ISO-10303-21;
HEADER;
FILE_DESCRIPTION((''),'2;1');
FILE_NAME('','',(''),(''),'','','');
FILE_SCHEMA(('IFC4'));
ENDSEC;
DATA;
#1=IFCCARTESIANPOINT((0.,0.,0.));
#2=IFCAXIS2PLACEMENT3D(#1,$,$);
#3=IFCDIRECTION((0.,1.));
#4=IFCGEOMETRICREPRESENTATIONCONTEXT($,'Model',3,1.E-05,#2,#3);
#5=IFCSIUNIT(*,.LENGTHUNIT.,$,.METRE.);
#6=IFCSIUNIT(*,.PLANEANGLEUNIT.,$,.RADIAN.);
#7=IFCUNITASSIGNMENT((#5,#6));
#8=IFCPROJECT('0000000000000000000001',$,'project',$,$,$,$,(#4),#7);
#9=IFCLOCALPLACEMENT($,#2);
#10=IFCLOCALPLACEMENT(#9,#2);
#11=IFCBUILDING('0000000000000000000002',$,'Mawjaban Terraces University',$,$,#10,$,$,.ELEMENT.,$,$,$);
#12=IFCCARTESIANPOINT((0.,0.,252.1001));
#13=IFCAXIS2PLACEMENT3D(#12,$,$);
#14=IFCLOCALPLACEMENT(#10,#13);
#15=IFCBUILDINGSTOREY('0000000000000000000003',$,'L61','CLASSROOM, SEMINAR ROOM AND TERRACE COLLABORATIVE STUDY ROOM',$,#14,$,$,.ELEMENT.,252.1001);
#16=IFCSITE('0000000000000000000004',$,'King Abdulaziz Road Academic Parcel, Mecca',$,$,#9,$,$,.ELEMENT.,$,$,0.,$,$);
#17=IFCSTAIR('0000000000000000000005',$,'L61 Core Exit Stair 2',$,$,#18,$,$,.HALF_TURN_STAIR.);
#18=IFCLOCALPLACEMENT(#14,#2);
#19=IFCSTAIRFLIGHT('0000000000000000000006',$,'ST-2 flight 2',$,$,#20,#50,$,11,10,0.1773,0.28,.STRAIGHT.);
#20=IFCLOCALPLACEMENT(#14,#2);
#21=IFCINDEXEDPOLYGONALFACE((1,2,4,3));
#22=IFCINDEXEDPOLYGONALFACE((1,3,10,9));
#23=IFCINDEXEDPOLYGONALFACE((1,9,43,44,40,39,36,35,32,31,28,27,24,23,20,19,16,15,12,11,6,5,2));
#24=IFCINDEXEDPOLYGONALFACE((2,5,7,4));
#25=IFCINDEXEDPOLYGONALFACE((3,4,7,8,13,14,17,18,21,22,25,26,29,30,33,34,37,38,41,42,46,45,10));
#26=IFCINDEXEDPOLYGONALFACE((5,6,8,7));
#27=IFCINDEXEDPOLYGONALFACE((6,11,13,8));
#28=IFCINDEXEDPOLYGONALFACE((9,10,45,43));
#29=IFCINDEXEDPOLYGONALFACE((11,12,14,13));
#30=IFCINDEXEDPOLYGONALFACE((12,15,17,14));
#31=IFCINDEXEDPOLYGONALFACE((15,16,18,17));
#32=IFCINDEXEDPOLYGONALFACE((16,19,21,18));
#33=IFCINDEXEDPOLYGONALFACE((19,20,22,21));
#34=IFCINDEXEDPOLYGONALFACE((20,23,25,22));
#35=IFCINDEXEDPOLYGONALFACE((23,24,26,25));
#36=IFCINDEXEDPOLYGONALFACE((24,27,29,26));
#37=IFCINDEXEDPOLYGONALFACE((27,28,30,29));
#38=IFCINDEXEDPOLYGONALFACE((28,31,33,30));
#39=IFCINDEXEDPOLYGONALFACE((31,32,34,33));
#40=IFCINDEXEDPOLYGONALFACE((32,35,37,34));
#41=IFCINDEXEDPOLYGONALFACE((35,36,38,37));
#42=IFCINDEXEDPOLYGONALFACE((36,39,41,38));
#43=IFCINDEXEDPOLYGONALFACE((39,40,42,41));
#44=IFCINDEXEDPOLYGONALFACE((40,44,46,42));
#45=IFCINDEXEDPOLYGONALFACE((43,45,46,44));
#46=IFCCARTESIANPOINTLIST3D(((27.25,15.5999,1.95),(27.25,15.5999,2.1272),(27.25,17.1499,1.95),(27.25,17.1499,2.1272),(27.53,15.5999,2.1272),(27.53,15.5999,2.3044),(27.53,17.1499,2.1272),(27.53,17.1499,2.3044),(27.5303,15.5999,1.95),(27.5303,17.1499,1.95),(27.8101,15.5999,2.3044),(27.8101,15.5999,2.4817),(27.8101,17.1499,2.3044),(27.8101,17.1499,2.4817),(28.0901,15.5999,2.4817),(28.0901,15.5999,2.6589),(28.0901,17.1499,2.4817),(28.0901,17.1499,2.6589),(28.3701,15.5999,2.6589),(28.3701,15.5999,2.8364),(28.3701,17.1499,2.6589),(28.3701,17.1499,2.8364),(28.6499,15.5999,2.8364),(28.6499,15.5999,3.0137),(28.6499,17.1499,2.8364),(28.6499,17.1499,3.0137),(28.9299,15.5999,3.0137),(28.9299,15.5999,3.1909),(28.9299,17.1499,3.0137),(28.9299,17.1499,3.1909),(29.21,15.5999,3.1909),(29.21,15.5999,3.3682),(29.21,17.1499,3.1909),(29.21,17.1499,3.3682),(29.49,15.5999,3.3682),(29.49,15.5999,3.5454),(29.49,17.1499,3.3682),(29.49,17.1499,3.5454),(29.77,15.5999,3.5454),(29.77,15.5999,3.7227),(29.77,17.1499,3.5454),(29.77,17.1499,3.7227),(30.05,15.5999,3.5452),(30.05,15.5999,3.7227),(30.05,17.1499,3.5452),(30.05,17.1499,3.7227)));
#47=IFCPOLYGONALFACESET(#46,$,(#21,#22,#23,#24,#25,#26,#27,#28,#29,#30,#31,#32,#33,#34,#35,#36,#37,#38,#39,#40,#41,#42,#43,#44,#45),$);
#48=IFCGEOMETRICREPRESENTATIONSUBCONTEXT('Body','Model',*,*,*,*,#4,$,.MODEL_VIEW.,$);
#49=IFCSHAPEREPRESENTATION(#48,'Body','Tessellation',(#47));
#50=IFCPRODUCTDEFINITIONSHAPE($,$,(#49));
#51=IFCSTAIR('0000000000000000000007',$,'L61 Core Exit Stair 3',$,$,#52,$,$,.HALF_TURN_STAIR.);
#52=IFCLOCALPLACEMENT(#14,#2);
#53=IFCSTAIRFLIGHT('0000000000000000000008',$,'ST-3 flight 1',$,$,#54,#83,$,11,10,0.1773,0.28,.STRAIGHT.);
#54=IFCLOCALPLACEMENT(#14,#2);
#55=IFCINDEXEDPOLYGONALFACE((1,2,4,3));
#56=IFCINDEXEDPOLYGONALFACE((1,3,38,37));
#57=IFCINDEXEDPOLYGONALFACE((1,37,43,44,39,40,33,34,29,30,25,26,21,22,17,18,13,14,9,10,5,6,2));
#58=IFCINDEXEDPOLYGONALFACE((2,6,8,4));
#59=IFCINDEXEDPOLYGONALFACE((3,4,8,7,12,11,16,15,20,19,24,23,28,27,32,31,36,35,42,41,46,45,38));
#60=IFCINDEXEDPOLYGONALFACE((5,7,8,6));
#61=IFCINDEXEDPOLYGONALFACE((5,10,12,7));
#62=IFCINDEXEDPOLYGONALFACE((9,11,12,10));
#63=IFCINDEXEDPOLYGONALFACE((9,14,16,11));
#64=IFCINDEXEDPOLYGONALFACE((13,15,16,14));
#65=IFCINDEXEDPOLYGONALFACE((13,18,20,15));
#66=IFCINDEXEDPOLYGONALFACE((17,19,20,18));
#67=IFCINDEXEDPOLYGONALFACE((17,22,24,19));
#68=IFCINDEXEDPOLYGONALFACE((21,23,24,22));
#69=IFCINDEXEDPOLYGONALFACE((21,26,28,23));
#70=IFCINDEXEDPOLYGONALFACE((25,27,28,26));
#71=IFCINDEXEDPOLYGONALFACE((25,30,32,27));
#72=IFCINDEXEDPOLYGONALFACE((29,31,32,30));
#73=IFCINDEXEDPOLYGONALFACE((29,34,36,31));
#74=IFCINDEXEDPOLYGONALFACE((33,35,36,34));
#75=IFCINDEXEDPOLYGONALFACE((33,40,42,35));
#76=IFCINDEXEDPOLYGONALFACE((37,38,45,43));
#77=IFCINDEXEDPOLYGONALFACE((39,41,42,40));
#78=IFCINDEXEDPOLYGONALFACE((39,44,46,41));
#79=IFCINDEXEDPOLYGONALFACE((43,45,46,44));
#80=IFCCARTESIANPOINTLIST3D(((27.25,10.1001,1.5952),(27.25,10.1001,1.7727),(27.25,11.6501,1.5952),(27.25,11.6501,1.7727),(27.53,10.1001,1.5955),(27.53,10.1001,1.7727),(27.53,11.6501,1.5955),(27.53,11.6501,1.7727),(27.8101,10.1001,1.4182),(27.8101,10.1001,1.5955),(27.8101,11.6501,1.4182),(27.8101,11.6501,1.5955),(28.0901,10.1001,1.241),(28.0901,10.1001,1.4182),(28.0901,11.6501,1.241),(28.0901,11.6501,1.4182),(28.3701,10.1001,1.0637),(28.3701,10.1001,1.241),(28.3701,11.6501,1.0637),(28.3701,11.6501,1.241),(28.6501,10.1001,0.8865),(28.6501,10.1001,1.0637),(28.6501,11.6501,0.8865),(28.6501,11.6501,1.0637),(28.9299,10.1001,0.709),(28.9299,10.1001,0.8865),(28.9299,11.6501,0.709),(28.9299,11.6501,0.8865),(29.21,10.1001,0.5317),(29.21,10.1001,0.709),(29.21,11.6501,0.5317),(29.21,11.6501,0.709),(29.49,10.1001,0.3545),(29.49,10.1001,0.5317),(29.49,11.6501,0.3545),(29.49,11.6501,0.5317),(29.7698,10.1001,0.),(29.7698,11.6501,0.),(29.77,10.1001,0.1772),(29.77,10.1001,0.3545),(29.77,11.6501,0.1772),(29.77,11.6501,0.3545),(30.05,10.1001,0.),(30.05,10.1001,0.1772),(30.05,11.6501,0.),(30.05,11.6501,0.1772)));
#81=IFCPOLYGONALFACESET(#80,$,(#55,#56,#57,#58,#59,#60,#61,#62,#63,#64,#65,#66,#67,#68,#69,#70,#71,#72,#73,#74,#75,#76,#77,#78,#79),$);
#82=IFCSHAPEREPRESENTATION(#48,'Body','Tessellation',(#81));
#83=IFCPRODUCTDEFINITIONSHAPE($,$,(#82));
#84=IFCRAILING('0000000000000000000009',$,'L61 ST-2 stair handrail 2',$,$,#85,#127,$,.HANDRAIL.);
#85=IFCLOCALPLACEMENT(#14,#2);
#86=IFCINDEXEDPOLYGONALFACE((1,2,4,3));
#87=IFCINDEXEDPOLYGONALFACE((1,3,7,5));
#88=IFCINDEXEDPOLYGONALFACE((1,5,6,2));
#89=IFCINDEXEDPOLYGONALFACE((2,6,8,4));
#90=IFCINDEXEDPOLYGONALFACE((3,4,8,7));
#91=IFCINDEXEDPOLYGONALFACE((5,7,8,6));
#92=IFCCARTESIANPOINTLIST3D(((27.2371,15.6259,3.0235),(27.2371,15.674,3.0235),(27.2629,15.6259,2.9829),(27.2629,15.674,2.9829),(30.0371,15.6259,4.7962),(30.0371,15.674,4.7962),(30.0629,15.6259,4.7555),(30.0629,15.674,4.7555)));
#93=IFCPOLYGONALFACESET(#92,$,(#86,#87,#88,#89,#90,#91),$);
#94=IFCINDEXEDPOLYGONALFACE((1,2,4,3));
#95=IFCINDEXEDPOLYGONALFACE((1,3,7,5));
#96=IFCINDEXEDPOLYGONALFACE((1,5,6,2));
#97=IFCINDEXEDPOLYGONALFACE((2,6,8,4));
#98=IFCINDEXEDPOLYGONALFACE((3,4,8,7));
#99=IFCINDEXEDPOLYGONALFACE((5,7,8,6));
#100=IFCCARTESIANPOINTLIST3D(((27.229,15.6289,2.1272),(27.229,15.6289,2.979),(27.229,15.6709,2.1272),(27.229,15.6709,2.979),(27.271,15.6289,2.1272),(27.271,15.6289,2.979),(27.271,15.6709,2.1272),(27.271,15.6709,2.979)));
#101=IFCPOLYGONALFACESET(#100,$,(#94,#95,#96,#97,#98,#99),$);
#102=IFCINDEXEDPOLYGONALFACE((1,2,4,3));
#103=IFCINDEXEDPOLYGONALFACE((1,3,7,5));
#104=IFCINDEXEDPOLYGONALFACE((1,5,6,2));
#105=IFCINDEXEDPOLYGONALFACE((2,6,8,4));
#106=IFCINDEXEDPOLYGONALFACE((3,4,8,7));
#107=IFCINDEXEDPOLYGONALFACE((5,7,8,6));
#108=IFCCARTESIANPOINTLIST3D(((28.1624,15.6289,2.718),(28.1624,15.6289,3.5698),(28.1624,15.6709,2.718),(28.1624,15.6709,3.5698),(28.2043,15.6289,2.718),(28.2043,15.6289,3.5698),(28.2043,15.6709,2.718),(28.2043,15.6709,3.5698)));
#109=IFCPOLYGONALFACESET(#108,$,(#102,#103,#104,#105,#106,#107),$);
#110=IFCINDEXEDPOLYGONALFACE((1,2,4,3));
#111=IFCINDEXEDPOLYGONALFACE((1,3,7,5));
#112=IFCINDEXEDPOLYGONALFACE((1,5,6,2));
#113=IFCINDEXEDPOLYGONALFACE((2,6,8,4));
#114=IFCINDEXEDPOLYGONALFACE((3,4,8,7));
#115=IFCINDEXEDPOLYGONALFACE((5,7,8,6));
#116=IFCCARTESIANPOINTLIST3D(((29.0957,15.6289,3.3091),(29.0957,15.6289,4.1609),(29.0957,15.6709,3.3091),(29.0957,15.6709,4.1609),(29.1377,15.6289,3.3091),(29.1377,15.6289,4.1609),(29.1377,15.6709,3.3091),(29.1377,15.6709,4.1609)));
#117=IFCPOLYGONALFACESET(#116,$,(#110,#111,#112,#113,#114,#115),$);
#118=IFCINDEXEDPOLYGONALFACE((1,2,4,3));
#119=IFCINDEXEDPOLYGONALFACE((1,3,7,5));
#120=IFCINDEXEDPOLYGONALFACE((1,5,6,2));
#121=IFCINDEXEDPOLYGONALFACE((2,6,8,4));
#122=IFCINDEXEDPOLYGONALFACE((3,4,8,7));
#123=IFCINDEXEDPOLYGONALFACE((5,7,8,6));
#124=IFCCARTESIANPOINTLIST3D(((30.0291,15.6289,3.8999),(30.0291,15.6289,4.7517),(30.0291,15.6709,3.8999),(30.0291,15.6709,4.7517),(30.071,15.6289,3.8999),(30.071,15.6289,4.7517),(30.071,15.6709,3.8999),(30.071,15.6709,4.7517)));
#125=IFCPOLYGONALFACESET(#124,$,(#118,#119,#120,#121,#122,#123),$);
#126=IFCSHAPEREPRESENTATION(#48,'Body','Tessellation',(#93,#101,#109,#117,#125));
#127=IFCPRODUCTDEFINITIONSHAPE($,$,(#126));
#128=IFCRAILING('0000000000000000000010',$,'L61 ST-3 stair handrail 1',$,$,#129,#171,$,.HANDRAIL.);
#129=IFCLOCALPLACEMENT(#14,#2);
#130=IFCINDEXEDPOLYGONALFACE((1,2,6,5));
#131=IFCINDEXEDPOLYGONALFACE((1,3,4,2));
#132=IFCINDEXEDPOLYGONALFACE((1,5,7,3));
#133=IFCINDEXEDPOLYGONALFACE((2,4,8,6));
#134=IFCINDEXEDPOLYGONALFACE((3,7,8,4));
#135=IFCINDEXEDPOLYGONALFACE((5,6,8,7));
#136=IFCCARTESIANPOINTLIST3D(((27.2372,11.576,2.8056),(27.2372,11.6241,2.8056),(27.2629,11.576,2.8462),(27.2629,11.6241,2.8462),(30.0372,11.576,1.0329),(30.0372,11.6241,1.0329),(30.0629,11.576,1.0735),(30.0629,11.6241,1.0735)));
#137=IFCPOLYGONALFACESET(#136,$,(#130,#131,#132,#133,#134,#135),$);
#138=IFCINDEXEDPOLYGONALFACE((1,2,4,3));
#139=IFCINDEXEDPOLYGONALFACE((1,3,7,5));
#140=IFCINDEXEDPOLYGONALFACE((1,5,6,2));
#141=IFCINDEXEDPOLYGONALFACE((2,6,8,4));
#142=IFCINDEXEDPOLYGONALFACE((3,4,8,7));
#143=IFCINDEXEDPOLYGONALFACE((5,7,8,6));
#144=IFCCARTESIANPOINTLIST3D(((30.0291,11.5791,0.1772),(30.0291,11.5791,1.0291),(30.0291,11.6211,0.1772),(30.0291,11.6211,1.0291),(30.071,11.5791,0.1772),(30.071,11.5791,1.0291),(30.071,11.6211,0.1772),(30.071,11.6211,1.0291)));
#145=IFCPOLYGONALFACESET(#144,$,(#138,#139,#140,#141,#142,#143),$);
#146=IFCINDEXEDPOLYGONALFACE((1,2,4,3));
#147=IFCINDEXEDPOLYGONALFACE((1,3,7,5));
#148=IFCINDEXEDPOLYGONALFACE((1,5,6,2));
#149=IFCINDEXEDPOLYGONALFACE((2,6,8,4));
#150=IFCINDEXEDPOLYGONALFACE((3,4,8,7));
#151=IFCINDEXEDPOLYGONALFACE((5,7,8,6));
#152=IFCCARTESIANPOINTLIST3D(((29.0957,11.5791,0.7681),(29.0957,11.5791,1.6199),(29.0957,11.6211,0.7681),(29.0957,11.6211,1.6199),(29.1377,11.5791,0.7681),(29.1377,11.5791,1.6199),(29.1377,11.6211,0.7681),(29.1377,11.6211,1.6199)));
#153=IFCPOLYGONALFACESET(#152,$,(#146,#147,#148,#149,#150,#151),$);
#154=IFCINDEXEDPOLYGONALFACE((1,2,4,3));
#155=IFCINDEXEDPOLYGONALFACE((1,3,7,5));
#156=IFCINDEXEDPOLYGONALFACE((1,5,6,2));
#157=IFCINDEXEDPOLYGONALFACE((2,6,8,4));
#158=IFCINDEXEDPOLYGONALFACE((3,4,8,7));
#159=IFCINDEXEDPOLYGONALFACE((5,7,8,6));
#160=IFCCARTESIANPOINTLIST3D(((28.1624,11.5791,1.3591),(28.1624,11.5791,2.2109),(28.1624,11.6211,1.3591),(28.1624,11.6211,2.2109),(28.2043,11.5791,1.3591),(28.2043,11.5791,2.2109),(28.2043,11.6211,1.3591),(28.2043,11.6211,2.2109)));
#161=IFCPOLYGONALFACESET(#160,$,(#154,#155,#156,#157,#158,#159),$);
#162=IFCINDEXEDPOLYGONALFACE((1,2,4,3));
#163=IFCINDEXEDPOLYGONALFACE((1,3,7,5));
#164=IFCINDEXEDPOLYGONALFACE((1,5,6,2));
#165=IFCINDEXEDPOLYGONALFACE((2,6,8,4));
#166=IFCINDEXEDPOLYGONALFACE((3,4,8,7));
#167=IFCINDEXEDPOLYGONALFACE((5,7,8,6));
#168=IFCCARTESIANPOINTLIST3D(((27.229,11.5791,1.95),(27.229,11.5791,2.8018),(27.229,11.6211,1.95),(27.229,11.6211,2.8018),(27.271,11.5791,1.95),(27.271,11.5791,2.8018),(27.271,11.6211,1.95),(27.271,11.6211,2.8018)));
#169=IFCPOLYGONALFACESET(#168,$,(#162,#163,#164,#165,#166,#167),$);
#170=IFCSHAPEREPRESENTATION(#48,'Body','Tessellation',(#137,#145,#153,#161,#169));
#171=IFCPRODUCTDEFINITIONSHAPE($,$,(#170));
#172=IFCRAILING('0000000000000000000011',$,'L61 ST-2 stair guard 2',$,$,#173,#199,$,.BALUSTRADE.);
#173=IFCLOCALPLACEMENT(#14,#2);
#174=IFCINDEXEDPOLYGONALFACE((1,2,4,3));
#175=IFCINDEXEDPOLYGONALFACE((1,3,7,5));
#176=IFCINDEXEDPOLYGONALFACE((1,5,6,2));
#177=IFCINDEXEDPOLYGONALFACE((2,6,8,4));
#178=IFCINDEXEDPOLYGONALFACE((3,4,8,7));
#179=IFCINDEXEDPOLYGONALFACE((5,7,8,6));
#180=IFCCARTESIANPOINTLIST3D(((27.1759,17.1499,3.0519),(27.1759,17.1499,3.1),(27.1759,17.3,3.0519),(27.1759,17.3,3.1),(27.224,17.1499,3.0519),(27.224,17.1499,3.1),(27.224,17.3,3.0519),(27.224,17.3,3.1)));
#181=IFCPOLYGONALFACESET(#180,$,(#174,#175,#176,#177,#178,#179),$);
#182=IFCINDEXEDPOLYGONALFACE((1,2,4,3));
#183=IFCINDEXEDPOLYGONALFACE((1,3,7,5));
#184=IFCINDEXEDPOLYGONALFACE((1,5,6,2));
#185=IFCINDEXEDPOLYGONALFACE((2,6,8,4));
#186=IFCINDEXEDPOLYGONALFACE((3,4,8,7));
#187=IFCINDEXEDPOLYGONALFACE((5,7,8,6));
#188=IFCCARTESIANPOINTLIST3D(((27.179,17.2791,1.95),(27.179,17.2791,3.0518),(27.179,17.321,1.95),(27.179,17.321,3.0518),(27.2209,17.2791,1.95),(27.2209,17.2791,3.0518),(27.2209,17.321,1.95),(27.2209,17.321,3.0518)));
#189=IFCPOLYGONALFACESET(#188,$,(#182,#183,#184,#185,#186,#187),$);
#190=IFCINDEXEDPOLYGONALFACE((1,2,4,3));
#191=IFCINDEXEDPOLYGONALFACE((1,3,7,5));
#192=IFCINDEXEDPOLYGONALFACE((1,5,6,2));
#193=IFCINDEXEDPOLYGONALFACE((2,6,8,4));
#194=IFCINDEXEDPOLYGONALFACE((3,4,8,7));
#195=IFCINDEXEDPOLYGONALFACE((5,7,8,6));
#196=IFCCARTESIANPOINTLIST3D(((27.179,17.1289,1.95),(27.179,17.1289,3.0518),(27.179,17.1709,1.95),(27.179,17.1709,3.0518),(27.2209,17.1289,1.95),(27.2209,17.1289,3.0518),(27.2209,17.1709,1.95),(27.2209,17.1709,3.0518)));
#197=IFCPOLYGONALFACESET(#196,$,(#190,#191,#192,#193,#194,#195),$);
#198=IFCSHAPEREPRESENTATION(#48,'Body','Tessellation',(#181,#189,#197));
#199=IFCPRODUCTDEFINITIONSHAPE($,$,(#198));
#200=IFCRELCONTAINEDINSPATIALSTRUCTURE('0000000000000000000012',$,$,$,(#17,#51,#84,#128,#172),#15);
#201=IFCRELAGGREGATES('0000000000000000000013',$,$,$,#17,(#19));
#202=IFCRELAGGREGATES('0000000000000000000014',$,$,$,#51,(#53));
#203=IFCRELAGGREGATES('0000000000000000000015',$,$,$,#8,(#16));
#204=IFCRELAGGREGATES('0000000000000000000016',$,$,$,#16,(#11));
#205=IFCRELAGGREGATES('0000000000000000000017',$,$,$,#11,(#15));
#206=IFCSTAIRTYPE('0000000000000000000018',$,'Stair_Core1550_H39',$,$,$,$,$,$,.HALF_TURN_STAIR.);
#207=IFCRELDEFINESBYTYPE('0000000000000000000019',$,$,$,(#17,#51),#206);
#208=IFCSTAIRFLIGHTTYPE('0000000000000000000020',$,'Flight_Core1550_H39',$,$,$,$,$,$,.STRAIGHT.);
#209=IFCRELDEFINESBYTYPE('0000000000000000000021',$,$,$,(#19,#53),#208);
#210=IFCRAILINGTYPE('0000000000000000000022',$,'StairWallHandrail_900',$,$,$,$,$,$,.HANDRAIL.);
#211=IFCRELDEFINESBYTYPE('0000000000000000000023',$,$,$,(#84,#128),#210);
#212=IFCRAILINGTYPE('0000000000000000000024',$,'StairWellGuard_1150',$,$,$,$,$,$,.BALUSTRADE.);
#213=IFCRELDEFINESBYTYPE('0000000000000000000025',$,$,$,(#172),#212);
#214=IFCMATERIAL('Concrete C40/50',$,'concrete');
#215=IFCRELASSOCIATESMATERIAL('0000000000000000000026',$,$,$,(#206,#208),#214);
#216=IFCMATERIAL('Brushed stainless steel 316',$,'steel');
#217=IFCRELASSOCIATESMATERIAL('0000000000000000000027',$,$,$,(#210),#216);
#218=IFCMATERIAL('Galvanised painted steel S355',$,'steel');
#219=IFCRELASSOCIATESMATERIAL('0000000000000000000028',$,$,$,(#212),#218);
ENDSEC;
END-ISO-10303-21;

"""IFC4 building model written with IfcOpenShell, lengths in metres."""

from ifc_helpers import new_model, si_unit, direction, frame, origin, origin_2d, place, context, subcontext, project, spatial, polyline, rectangle, outline, extrude, material, type_object, element, aggregate, save


model = new_model("IFC4")

# Units and contexts
model_context = context("Model", 3, precision=1e-05, world=origin(), true_north=direction((0.0, 1.0)))
body_context = subcontext(model_context, "Body", "Model", "MODEL_VIEW")
ifc_project = project(units=[si_unit("LENGTHUNIT", "METRE"), si_unit("PLANEANGLEUNIT", "RADIAN")], contexts=[model_context])

# Site, building, storey
site_placement = place(None, origin())
site = spatial("IfcSite", under=ifc_project, at=site_placement, Name="King Abdulaziz Road Academic Parcel, Mecca", CompositionType="ELEMENT", RefElevation=0.0)
building_placement = place(site_placement, origin())
building = spatial("IfcBuilding", under=site, at=building_placement, Name="Mawjaban Terraces University", CompositionType="ELEMENT")
storey_placement = place(building_placement, frame((0.0, 0.0, 252.1001)))
storey = spatial("IfcBuildingStorey", under=building, at=storey_placement, Name="L61", Description="CLASSROOM, SEMINAR ROOM AND TERRACE COLLABORATIVE STUDY ROOM", CompositionType="ELEMENT", Elevation=252.1001)

# Shared definitions
ifc_material_1 = material(Name="Concrete C40/50", Category="concrete")

# Stairs, stair flights
stair_type = type_object("IfcStairType", Name="Stair_Core1550_H39", PredefinedType="HALF_TURN_STAIR", material=ifc_material_1)
stair_1_placement = place(storey_placement, origin())
stair_1 = element("IfcStair", 1, at=stair_1_placement, inside=storey, type_object=stair_type, Name="L61 Core Exit Stair 2", PredefinedType="HALF_TURN_STAIR")
stair_flight_type = type_object("IfcStairFlightType", Name="Flight_Core1550_H39", PredefinedType="STRAIGHT", material=ifc_material_1)
stair_flight_1_placement = place(storey_placement, frame((27.25, 16.375, 1.95), z_axis=(0.0, 0.0, 1.0), x_axis=(1.0, 0.0, 0.0)))
stair_flight_1 = element("IfcStairFlight", 2, at=stair_flight_1_placement, type_object=stair_flight_type, Name="ST-2 flight 2", NumberOfRisers=11, NumberOfTreads=10, PredefinedType="STRAIGHT", RiserHeight=0.1773, TreadLength=0.28, context=body_context, shape_type="SweptSolid", body=[
    extrude(outline(polyline([(0.0, 0.0), (0.0, 0.1772), (0.28, 0.1772), (0.28, 0.3545), (0.5601, 0.3545), (0.5601, 0.5317), (0.8401, 0.5317), (0.8401, 0.709), (1.1201, 0.709), (1.1201, 0.8865), (1.3999, 0.8865), (1.3999, 1.0637), (1.6799, 1.0637), (1.6799, 1.241), (1.96, 1.241), (1.96, 1.4182), (2.24, 1.4182), (2.24, 1.5955), (2.52, 1.5955), (2.52, 1.7727), (2.8, 1.7727), (2.8, 1.95), (2.8, 1.5952), (0.2803, 0.0), (0.0, 0.0)])), frame((0.0, 0.7749, 0.0), z_axis=(0.0, -1.0, 0.0), x_axis=(1.0, 0.0, 0.0)), (0.0, 0.0, 1.0), 1.55),
])
aggregate(stair_1, [stair_flight_1])
stair_2_placement = place(storey_placement, origin())
stair_2 = element("IfcStair", 3, at=stair_2_placement, inside=storey, type_object=stair_type, Name="L61 Core Exit Stair 3", PredefinedType="HALF_TURN_STAIR")
stair_flight_2_placement = place(storey_placement, frame((30.05, 10.875, 0.0), z_axis=(0.0, 0.0, 1.0), x_axis=(-1.0, 0.0, 0.0)))
stair_flight_2 = element("IfcStairFlight", 4, at=stair_flight_2_placement, type_object=stair_flight_type, Name="ST-3 flight 1", NumberOfRisers=11, NumberOfTreads=10, PredefinedType="STRAIGHT", RiserHeight=0.1773, TreadLength=0.28, context=body_context, shape_type="SweptSolid", body=[
    extrude(outline(polyline([(0.0, 0.0), (0.0, 0.1772), (0.28, 0.1772), (0.28, 0.3545), (0.5601, 0.3545), (0.5601, 0.5317), (0.8401, 0.5317), (0.8401, 0.709), (1.1201, 0.709), (1.1201, 0.8865), (1.3999, 0.8865), (1.3999, 1.0637), (1.6799, 1.0637), (1.6799, 1.241), (1.96, 1.241), (1.96, 1.4182), (2.24, 1.4182), (2.24, 1.5955), (2.52, 1.5955), (2.52, 1.7727), (2.8, 1.7727), (2.8, 1.95), (2.8, 1.5952), (0.2803, 0.0), (0.0, 0.0)])), frame((0.0, 0.7749, 0.0), z_axis=(0.0, -1.0, 0.0), x_axis=(1.0, 0.0, 0.0)), (0.0, 0.0, 1.0), 1.55),
])
aggregate(stair_2, [stair_flight_2])

# Railings
ifc_material_2 = material(Name="Brushed stainless steel 316", Category="steel")
railing_type_1 = type_object("IfcRailingType", Name="StairWallHandrail_900", PredefinedType="HANDRAIL", material=ifc_material_2)
railing_1_placement = place(storey_placement, frame((27.25, 15.6499, 2.1272)))
element("IfcRailing", 5, at=railing_1_placement, inside=storey, type_object=railing_type_1, Name="L61 ST-2 stair handrail 2", PredefinedType="HANDRAIL", context=body_context, shape_type="SweptSolid", body=[
    extrude(rectangle(XDim=0.0481, YDim=0.0481, at=origin_2d()), frame((0.0, 0.0, 0.876), z_axis=(0.844909, 0.0, 0.53491), x_axis=(0.0, 1.0, 0.0)), (0.0, 0.0, 1.0), 3.314),
    extrude(rectangle(XDim=0.042, YDim=0.042, at=origin_2d()), origin(), (0.0, 0.0, 1.0), 0.8518),
    extrude(rectangle(XDim=0.042, YDim=0.042, at=origin_2d()), frame((0.9333, 0.0, 0.5908)), (0.0, 0.0, 1.0), 0.8518),
    extrude(rectangle(XDim=0.042, YDim=0.042, at=origin_2d()), frame((1.8667, 0.0, 1.1819)), (0.0, 0.0, 1.0), 0.8518),
    extrude(rectangle(XDim=0.042, YDim=0.042, at=origin_2d()), frame((2.8, 0.0, 1.7727)), (0.0, 0.0, 1.0), 0.8518),
])
railing_2_placement = place(storey_placement, frame((30.05, 11.6001, 0.1772)))
element("IfcRailing", 6, at=railing_2_placement, inside=storey, type_object=railing_type_1, Name="L61 ST-3 stair handrail 1", PredefinedType="HANDRAIL", context=body_context, shape_type="SweptSolid", body=[
    extrude(rectangle(XDim=0.0481, YDim=0.0481, at=origin_2d()), frame((0.0, 0.0, 0.876), z_axis=(-0.844909, 0.0, 0.53491), x_axis=(0.0, -1.0, 0.0)), (0.0, 0.0, 1.0), 3.314),
    extrude(rectangle(XDim=0.042, YDim=0.042, at=origin_2d()), origin(), (0.0, 0.0, 1.0), 0.8518),
    extrude(rectangle(XDim=0.042, YDim=0.042, at=origin_2d()), frame((-0.9333, 0.0, 0.5908)), (0.0, 0.0, 1.0), 0.8518),
    extrude(rectangle(XDim=0.042, YDim=0.042, at=origin_2d()), frame((-1.8667, 0.0, 1.1819)), (0.0, 0.0, 1.0), 0.8518),
    extrude(rectangle(XDim=0.042, YDim=0.042, at=origin_2d()), frame((-2.8, 0.0, 1.7727)), (0.0, 0.0, 1.0), 0.8518),
])
ifc_material_3 = material(Name="Galvanised painted steel S355", Category="steel")
railing_type_2 = type_object("IfcRailingType", Name="StairWellGuard_1150", PredefinedType="BALUSTRADE", material=ifc_material_3)
railing_3_placement = place(storey_placement, frame((27.2, 17.3, 1.95)))
element("IfcRailing", 7, at=railing_3_placement, inside=storey, type_object=railing_type_2, Name="L61 ST-2 stair guard 2", PredefinedType="BALUSTRADE", context=body_context, shape_type="SweptSolid", body=[
    extrude(rectangle(XDim=0.0481, YDim=0.0481, at=origin_2d()), frame((0.0, 0.0, 1.126), z_axis=(0.0, -1.0, 0.0), x_axis=(1.0, 0.0, 0.0)), (0.0, 0.0, 1.0), 0.1501),
    extrude(rectangle(XDim=0.042, YDim=0.042, at=origin_2d()), origin(), (0.0, 0.0, 1.0), 1.1018),
    extrude(rectangle(XDim=0.042, YDim=0.042, at=origin_2d()), frame((0.0, -0.1501, 0.0)), (0.0, 0.0, 1.0), 1.1018),
])

save(model, "model.ifc")
